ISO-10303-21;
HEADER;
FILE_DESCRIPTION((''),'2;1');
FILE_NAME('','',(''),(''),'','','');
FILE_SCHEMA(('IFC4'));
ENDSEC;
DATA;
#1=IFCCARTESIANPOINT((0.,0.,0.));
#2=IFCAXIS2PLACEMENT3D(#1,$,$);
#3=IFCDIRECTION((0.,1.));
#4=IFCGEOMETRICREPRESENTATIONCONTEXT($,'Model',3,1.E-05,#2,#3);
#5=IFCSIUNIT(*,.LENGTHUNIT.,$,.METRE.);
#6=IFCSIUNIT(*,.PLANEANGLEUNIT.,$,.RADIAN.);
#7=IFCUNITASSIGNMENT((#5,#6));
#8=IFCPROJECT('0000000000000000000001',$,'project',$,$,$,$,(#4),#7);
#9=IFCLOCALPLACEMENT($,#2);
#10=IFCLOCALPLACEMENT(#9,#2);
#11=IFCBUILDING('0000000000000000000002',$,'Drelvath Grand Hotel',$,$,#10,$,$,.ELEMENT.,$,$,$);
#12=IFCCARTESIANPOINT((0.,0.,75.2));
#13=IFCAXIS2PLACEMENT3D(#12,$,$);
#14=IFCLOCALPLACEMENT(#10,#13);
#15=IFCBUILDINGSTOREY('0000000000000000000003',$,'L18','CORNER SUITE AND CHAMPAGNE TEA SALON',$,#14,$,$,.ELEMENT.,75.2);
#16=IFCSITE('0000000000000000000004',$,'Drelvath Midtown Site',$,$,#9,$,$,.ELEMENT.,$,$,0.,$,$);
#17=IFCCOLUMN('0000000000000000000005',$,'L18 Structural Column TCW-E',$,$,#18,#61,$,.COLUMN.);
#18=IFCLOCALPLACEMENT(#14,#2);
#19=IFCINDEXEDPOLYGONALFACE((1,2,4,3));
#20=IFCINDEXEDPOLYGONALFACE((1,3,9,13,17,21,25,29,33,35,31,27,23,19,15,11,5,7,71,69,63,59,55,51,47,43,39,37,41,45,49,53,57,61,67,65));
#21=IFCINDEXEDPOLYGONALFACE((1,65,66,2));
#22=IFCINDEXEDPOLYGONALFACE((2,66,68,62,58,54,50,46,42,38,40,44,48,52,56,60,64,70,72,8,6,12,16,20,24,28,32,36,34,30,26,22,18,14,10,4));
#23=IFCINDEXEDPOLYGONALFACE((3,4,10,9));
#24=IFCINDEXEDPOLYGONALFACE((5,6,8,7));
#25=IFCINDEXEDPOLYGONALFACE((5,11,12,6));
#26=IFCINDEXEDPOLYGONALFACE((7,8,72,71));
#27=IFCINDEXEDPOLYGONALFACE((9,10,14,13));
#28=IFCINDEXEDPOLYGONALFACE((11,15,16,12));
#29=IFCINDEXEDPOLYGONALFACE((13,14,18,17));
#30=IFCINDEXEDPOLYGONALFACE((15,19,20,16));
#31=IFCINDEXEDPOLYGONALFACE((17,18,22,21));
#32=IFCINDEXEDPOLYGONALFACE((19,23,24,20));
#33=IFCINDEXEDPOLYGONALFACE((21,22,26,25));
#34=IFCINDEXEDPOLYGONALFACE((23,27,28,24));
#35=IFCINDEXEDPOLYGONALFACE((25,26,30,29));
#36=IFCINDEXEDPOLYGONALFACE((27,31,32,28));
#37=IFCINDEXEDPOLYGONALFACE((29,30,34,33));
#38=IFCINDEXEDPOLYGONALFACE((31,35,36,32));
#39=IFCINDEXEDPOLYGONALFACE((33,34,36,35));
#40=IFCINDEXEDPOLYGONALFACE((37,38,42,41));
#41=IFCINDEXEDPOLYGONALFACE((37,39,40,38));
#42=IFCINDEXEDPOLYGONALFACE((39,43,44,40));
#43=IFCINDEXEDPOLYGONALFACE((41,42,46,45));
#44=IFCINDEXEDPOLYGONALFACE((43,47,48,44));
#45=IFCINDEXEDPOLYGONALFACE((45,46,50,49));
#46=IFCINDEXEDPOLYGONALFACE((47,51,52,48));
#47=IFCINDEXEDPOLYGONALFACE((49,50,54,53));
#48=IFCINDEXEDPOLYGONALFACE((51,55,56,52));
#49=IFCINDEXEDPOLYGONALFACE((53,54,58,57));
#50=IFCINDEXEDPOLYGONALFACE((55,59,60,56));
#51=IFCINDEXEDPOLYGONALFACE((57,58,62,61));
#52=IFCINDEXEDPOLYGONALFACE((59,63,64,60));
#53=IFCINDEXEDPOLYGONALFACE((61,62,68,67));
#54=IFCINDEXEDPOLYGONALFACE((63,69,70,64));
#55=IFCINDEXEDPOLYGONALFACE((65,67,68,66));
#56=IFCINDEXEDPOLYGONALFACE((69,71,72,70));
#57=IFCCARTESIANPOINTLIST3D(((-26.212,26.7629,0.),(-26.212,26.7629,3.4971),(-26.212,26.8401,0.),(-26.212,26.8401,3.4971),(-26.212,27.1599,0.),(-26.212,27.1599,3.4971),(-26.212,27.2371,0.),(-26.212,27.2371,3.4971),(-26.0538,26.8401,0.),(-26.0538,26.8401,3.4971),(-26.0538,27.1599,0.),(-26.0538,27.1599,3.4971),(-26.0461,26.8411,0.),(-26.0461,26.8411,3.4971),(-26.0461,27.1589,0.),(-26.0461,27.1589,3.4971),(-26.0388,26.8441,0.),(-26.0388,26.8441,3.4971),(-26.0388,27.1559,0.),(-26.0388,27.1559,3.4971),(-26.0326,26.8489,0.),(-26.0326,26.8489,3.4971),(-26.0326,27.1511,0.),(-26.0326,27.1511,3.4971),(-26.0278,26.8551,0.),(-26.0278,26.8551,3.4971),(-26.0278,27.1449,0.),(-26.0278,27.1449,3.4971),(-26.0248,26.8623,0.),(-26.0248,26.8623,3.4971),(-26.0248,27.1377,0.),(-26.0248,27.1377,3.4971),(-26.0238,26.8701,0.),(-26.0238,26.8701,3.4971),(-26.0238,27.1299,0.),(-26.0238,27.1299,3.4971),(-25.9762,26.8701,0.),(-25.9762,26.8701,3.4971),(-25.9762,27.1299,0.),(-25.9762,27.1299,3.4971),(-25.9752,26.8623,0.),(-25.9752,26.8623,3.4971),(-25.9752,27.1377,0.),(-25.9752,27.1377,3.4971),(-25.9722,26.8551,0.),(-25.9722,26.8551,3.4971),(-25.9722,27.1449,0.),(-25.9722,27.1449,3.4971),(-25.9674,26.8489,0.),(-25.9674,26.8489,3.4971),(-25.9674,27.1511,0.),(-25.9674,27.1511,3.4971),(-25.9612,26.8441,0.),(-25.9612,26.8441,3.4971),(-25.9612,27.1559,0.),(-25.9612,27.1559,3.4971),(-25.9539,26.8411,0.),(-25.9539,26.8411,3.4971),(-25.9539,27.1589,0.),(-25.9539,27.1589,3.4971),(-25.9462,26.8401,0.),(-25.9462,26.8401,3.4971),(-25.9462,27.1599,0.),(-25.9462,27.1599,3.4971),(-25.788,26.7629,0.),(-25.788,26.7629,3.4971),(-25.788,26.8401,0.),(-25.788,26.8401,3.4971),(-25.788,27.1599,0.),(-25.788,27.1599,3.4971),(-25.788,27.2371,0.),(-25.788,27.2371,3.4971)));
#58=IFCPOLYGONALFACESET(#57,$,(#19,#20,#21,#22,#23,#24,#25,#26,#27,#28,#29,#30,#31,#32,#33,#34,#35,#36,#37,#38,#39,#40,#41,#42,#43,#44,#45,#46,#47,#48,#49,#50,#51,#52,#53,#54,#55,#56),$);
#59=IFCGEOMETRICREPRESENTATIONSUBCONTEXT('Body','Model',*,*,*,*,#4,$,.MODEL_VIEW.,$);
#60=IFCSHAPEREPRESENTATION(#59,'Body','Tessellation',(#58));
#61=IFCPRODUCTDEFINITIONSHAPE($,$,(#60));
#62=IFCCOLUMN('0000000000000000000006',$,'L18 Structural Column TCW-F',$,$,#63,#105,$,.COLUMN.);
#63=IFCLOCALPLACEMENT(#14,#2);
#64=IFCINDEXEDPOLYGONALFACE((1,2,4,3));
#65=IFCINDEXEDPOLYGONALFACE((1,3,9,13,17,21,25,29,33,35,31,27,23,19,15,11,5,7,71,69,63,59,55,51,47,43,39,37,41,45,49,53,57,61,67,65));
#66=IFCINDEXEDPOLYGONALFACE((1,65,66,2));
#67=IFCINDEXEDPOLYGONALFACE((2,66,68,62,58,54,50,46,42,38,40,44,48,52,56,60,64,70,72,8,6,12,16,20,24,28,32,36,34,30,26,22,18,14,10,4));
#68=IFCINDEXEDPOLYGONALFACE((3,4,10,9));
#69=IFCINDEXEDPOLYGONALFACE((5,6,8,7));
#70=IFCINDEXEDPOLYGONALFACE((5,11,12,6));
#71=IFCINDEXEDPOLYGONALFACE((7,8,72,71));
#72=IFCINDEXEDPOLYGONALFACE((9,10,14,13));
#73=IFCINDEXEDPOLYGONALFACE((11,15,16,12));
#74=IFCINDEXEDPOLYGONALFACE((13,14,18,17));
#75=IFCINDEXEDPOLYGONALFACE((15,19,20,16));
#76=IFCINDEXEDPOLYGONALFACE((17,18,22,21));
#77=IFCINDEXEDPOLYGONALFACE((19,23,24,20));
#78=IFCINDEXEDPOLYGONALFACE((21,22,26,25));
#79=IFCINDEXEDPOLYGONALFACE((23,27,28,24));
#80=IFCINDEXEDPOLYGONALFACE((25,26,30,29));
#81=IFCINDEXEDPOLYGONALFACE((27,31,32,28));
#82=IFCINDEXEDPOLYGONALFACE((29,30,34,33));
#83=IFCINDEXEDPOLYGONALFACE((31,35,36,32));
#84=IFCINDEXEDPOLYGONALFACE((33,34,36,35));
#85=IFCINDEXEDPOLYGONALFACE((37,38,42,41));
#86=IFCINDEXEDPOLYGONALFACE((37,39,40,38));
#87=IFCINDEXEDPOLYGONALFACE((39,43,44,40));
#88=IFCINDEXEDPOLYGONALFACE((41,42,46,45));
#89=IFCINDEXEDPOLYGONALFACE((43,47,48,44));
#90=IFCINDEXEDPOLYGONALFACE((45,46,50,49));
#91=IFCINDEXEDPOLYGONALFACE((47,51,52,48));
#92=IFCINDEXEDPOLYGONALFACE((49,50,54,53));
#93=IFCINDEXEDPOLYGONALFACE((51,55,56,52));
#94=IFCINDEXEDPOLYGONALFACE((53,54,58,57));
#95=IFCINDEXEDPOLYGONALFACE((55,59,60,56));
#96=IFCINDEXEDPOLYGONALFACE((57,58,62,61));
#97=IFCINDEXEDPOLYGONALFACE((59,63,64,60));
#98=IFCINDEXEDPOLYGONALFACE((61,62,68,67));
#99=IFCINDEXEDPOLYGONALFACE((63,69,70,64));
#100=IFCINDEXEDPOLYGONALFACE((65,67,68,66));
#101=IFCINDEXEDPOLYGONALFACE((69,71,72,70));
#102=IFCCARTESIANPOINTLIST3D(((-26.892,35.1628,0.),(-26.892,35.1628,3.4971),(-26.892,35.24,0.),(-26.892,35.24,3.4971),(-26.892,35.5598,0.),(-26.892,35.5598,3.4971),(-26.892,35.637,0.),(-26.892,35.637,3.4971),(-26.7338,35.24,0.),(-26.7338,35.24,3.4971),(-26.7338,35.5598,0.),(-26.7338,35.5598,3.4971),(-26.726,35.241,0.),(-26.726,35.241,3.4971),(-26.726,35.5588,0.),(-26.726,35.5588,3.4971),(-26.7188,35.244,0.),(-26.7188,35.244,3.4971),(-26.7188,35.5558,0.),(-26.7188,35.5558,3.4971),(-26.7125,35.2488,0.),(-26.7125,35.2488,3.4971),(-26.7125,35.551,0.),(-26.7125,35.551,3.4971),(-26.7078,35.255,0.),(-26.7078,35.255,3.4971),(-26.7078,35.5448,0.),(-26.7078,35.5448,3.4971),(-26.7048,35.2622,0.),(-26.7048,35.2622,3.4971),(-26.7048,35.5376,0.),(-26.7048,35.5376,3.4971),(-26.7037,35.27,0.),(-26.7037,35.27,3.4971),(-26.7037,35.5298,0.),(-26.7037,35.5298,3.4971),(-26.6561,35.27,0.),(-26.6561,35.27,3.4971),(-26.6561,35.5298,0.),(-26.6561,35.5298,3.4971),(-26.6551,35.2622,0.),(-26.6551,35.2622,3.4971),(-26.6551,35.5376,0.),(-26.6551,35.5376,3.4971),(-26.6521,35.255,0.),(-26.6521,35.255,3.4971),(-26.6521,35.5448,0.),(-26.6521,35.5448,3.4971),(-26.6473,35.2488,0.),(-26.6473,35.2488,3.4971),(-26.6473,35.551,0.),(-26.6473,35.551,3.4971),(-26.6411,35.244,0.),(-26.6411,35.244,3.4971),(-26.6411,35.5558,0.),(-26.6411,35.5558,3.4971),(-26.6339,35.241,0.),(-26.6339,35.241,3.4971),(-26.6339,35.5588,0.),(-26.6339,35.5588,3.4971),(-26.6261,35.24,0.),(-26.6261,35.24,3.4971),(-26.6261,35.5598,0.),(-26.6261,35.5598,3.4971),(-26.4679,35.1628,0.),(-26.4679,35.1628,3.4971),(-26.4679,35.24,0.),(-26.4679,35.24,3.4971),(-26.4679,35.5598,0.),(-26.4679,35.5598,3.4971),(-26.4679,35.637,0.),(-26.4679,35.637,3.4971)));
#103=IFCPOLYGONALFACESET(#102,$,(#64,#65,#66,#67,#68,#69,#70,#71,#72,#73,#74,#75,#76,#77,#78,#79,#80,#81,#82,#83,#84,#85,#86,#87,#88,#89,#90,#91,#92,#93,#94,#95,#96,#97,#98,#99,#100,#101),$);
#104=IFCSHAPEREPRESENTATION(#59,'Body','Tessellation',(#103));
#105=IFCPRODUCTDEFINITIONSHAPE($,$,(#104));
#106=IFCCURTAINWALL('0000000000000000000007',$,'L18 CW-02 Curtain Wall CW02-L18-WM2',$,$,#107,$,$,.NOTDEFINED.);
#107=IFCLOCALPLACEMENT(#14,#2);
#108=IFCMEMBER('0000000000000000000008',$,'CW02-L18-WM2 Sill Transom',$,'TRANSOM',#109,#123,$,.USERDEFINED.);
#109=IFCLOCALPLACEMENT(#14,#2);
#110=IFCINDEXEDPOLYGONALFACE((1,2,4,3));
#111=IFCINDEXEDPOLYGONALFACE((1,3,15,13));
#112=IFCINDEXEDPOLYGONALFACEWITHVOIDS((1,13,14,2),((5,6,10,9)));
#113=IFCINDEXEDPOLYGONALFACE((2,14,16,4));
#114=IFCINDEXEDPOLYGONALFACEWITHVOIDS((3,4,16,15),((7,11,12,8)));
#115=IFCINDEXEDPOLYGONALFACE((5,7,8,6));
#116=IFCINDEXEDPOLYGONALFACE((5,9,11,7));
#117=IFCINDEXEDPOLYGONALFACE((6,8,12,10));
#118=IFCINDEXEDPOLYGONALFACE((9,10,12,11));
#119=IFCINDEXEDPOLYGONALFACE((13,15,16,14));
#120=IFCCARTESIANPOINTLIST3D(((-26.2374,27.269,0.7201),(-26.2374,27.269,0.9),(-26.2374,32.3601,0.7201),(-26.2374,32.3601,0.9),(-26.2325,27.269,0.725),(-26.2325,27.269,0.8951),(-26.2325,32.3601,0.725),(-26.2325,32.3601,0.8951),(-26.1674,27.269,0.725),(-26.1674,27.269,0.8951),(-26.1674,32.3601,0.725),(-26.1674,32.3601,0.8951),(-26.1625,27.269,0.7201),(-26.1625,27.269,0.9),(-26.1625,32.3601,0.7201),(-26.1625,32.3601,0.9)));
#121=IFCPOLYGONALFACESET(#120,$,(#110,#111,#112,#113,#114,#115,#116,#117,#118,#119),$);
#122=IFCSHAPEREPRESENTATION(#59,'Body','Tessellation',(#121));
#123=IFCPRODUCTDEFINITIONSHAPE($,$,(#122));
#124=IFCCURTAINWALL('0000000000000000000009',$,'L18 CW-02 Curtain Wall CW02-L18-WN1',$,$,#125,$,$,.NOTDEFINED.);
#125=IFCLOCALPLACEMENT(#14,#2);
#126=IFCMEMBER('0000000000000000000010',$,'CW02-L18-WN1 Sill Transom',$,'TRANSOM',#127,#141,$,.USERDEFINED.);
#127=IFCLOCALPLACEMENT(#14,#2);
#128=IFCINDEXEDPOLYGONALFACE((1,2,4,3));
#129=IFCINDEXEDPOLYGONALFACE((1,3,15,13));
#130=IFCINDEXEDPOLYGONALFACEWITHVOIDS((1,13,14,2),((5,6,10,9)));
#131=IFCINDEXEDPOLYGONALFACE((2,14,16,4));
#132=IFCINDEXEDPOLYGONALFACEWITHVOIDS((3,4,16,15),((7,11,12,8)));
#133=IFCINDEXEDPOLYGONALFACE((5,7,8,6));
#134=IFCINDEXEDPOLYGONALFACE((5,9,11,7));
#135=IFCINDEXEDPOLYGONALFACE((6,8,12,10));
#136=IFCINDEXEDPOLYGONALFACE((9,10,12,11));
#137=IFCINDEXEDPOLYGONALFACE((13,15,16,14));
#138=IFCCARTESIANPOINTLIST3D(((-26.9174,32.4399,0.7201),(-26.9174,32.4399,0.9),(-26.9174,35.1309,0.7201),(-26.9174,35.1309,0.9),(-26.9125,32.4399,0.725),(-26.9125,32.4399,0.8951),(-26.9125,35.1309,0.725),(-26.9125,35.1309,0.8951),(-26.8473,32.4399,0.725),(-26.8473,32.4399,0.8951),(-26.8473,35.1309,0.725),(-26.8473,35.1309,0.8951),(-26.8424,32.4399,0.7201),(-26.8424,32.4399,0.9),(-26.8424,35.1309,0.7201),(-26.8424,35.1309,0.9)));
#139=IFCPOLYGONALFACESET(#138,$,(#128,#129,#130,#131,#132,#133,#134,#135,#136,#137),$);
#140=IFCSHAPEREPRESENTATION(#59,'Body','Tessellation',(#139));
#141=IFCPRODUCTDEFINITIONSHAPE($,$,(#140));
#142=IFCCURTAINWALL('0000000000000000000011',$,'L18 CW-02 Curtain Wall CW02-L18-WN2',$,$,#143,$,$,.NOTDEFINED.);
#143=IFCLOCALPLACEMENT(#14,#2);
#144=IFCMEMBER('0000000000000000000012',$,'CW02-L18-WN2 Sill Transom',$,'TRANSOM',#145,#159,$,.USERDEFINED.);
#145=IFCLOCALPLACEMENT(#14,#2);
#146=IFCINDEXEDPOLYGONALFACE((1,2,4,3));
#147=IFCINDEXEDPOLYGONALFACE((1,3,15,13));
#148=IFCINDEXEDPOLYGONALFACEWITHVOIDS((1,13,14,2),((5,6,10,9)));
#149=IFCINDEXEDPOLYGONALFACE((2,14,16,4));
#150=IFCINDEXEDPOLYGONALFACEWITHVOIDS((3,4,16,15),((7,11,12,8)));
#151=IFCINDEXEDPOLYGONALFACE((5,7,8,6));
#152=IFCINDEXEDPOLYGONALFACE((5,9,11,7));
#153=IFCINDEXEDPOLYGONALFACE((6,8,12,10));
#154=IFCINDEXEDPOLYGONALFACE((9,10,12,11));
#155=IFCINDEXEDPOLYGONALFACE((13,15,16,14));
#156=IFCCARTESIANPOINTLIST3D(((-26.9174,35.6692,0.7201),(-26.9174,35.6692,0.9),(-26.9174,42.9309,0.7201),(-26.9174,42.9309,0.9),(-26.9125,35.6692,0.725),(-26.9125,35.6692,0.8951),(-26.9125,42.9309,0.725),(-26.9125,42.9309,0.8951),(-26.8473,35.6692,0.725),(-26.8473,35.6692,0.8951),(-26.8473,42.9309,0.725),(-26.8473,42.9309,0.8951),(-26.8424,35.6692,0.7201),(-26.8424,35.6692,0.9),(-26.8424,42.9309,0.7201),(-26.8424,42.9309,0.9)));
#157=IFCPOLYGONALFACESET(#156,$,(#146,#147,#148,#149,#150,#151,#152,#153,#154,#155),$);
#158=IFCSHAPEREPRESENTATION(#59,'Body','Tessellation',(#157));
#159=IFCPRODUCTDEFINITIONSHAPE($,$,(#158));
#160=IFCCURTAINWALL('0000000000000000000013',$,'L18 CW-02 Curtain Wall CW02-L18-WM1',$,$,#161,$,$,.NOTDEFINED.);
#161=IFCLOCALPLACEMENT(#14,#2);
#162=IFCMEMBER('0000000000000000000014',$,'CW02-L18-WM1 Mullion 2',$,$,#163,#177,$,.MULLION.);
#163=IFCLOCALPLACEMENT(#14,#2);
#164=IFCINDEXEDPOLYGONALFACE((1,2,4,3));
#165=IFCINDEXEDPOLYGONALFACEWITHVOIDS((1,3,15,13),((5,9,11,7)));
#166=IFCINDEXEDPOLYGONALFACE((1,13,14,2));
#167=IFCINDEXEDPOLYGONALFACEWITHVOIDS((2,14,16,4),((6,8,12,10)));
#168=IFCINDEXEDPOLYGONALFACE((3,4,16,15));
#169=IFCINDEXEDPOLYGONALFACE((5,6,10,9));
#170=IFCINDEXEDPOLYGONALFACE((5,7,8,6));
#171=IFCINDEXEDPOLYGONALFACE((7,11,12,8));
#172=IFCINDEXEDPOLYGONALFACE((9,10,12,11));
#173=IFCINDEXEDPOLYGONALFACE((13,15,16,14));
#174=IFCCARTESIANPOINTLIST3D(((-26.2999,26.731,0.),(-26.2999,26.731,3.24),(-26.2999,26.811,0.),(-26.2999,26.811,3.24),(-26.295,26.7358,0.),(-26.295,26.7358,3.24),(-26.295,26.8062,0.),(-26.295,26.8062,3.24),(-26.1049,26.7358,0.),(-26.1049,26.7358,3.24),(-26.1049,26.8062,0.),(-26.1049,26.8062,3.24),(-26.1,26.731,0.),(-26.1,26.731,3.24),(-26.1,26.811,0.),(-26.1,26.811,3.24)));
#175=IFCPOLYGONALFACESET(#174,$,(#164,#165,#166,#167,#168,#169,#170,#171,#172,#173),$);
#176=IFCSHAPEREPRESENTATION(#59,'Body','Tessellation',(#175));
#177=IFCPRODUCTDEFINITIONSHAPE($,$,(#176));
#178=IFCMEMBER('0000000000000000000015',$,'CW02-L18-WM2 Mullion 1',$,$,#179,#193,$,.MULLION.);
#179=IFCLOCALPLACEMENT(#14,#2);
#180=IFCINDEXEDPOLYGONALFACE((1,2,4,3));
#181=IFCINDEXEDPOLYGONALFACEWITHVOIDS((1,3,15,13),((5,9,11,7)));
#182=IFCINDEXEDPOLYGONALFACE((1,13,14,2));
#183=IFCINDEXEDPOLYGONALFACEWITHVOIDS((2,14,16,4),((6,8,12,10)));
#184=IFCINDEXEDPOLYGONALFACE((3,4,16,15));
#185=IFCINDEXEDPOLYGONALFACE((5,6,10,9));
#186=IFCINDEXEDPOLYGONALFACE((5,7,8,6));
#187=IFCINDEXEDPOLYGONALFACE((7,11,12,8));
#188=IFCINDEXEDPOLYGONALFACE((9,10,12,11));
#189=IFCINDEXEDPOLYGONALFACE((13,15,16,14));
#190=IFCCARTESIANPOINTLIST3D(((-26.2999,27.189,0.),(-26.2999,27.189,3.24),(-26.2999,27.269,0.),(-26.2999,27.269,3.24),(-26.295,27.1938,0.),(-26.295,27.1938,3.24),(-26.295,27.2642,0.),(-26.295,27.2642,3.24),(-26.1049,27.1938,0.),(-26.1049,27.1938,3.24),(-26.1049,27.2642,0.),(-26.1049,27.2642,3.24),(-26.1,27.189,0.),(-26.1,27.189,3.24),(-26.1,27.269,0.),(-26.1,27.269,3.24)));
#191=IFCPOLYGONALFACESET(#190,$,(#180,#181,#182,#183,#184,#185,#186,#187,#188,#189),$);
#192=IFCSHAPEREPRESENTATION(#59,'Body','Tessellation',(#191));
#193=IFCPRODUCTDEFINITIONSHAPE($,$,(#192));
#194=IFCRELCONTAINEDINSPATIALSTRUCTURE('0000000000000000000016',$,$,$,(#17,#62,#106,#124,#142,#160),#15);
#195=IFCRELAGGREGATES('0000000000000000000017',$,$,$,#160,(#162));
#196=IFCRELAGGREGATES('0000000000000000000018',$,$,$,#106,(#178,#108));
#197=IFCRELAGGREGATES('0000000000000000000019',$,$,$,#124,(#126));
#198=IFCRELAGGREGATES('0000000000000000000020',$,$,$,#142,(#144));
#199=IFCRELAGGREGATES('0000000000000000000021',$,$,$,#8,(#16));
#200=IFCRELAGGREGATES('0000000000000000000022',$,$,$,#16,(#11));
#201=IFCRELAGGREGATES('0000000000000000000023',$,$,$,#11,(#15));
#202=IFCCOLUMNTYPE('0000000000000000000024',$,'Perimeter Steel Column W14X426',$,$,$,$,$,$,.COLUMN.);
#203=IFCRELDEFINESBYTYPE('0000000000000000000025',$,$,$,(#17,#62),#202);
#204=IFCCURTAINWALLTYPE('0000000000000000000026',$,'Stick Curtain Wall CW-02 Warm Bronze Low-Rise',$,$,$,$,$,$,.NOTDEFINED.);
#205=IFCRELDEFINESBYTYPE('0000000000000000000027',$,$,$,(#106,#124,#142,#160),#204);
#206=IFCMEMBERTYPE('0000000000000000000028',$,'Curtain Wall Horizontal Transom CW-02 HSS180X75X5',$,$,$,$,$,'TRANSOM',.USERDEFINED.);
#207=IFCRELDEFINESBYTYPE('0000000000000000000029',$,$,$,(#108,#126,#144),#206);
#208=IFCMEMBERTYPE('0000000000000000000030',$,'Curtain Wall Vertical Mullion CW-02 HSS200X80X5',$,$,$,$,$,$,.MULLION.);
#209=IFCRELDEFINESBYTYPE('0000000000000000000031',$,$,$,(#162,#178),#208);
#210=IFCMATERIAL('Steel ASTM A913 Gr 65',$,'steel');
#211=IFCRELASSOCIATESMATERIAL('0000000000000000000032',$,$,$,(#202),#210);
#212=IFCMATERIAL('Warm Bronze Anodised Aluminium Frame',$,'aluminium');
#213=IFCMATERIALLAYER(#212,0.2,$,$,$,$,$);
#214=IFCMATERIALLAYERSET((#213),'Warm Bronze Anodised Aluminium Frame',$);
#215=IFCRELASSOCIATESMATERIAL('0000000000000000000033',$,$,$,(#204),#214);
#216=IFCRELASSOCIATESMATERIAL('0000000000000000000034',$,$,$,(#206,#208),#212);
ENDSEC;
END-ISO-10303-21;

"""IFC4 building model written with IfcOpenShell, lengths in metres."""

from ifc_helpers import new_model, si_unit, direction, frame, origin, origin_2d, place, context, subcontext, project, spatial, hollow_rectangle, i_section, extrude, material, layer, layer_set, material_profile, profile_set, type_object, element, aggregate, save


model = new_model("IFC4")

# Units and contexts
model_context = context("Model", 3, precision=1e-05, world=origin(), true_north=direction((0.0, 1.0)))
body_context = subcontext(model_context, "Body", "Model", "MODEL_VIEW")
ifc_project = project(units=[si_unit("LENGTHUNIT", "METRE"), si_unit("PLANEANGLEUNIT", "RADIAN")], contexts=[model_context])

# Site, building, storey
site_placement = place(None, origin())
site = spatial("IfcSite", under=ifc_project, at=site_placement, Name="Drelvath Midtown Site", CompositionType="ELEMENT", RefElevation=0.0)
building_placement = place(site_placement, origin())
building = spatial("IfcBuilding", under=site, at=building_placement, Name="Drelvath Grand Hotel", CompositionType="ELEMENT")
storey_placement = place(building_placement, frame((0.0, 0.0, 75.2)))
storey = spatial("IfcBuildingStorey", under=building, at=storey_placement, Name="L18", Description="CORNER SUITE AND CHAMPAGNE TEA SALON", CompositionType="ELEMENT", Elevation=75.2)

# Columns
ifc_material_1 = material(Name="Steel ASTM A913 Gr 65", Category="steel")
ifc_material_profile_1 = material_profile(ifc_material_1, i_section(OverallWidth=0.4241, OverallDepth=0.4741, WebThickness=0.0476, FlangeThickness=0.0771, FilletRadius=0.03, at=origin_2d()), Name="W14X426")
ifc_profile_set_1 = profile_set([ifc_material_profile_1], Name="Steel ASTM A913 Gr 65")
column_type = type_object("IfcColumnType", Name="Perimeter Steel Column W14X426", PredefinedType="COLUMN", material=ifc_profile_set_1)
for number, where, z_axis, x_axis, name in (
    (1, (-26.0, 27.0, 0.0), (0.0, 0.0, 1.0), (1.0, 0.0, 0.0), "L18 Structural Column TCW-E"),
    (2, (-26.6799, 35.3999, 0.0), (0.0, 0.0, 1.0), (1.0, 0.0, 0.0), "L18 Structural Column TCW-F"),
):
    element("IfcColumn", number, at=place(storey_placement, frame(where, z_axis=z_axis, x_axis=x_axis)), inside=storey, type_object=column_type, Name=name, PredefinedType="COLUMN", context=body_context, shape_type="SweptSolid", body=[
        extrude(i_section(OverallWidth=0.4241, OverallDepth=0.4741, WebThickness=0.0476, FlangeThickness=0.0771, FilletRadius=0.03, at=origin_2d()), origin(), (0.0, 0.0, 1.0), 3.4971),
    ])

# Curtain walls, members
ifc_material_2 = material(Name="Warm Bronze Anodised Aluminium Frame", Category="aluminium")
ifc_layer_1 = layer(ifc_material_2, 0.2)
ifc_layer_set_1 = layer_set([ifc_layer_1], Name="Warm Bronze Anodised Aluminium Frame")
curtain_wall_type = type_object("IfcCurtainWallType", Name="Stick Curtain Wall CW-02 Warm Bronze Low-Rise", PredefinedType="NOTDEFINED", material=ifc_layer_set_1)
curtain_wall_1_placement = place(storey_placement, origin())
curtain_wall_1 = element("IfcCurtainWall", 3, at=curtain_wall_1_placement, inside=storey, type_object=curtain_wall_type, Name="L18 CW-02 Curtain Wall CW02-L18-WM2", PredefinedType="NOTDEFINED")
ifc_material_profile_2 = material_profile(ifc_material_2, hollow_rectangle(XDim=0.075, YDim=0.1799, WallThickness=0.0049, at=origin_2d()), Name="HSS180X75X5")
ifc_profile_set_2 = profile_set([ifc_material_profile_2], Name="Warm Bronze Anodised Aluminium Frame")
member_type_1 = type_object("IfcMemberType", Name="Curtain Wall Horizontal Transom CW-02 HSS180X75X5", ElementType="TRANSOM", PredefinedType="USERDEFINED", material=ifc_profile_set_2)
member_1_placement = place(storey_placement, frame((-26.2, 27.269, 0.8101), z_axis=(0.0, 1.0, 0.0), x_axis=(-1.0, 0.0, 0.0)))
member_1 = element("IfcMember", 4, at=member_1_placement, type_object=member_type_1, Name="CW02-L18-WM2 Sill Transom", ObjectType="TRANSOM", PredefinedType="USERDEFINED", context=body_context, shape_type="SweptSolid", body=[
    extrude(hollow_rectangle(XDim=0.075, YDim=0.1799, WallThickness=0.0049, at=origin_2d()), origin(), (0.0, 0.0, 1.0), 5.0911),
])
curtain_wall_2_placement = place(storey_placement, origin())
curtain_wall_2 = element("IfcCurtainWall", 5, at=curtain_wall_2_placement, inside=storey, type_object=curtain_wall_type, Name="L18 CW-02 Curtain Wall CW02-L18-WN1", PredefinedType="NOTDEFINED")
member_2_placement = place(storey_placement, frame((-26.8799, 32.4399, 0.8101), z_axis=(0.0, 1.0, 0.0), x_axis=(-1.0, 0.0, 0.0)))
member_2 = element("IfcMember", 6, at=member_2_placement, type_object=member_type_1, Name="CW02-L18-WN1 Sill Transom", ObjectType="TRANSOM", PredefinedType="USERDEFINED", context=body_context, shape_type="SweptSolid", body=[
    extrude(hollow_rectangle(XDim=0.075, YDim=0.1799, WallThickness=0.0049, at=origin_2d()), origin(), (0.0, 0.0, 1.0), 2.6909),
])
curtain_wall_3_placement = place(storey_placement, origin())
curtain_wall_3 = element("IfcCurtainWall", 7, at=curtain_wall_3_placement, inside=storey, type_object=curtain_wall_type, Name="L18 CW-02 Curtain Wall CW02-L18-WN2", PredefinedType="NOTDEFINED")
member_3_placement = place(storey_placement, frame((-26.8799, 35.6692, 0.8101), z_axis=(0.0, 1.0, 0.0), x_axis=(-1.0, 0.0, 0.0)))
member_3 = element("IfcMember", 8, at=member_3_placement, type_object=member_type_1, Name="CW02-L18-WN2 Sill Transom", ObjectType="TRANSOM", PredefinedType="USERDEFINED", context=body_context, shape_type="SweptSolid", body=[
    extrude(hollow_rectangle(XDim=0.075, YDim=0.1799, WallThickness=0.0049, at=origin_2d()), origin(), (0.0, 0.0, 1.0), 7.2617),
])
curtain_wall_4_placement = place(storey_placement, origin())
curtain_wall_4 = element("IfcCurtainWall", 9, at=curtain_wall_4_placement, inside=storey, type_object=curtain_wall_type, Name="L18 CW-02 Curtain Wall CW02-L18-WM1", PredefinedType="NOTDEFINED")
ifc_material_profile_3 = material_profile(ifc_material_2, hollow_rectangle(XDim=0.0801, YDim=0.2, WallThickness=0.0049, at=origin_2d()), Name="HSS200X80X5")
ifc_profile_set_3 = profile_set([ifc_material_profile_3], Name="Warm Bronze Anodised Aluminium Frame")
member_type_2 = type_object("IfcMemberType", Name="Curtain Wall Vertical Mullion CW-02 HSS200X80X5", PredefinedType="MULLION", material=ifc_profile_set_3)
member_4_placement = place(storey_placement, frame((-26.2, 26.771, 0.0), z_axis=(0.0, 0.0, 1.0), x_axis=(0.0, 1.0, 0.0)))
member_4 = element("IfcMember", 10, at=member_4_placement, type_object=member_type_2, Name="CW02-L18-WM1 Mullion 2", PredefinedType="MULLION", context=body_context, shape_type="SweptSolid", body=[
    extrude(hollow_rectangle(XDim=0.0801, YDim=0.2, WallThickness=0.0049, at=origin_2d()), origin(), (0.0, 0.0, 1.0), 3.24),
])
aggregate(curtain_wall_4, [member_4])

# Member
member_5_placement = place(storey_placement, frame((-26.2, 27.229, 0.0), z_axis=(0.0, 0.0, 1.0), x_axis=(0.0, 1.0, 0.0)))
member_5 = element("IfcMember", 11, at=member_5_placement, type_object=member_type_2, Name="CW02-L18-WM2 Mullion 1", PredefinedType="MULLION", context=body_context, shape_type="SweptSolid", body=[
    extrude(hollow_rectangle(XDim=0.0801, YDim=0.2, WallThickness=0.0049, at=origin_2d()), origin(), (0.0, 0.0, 1.0), 3.24),
])

aggregate(curtain_wall_1, [member_5, member_1])
aggregate(curtain_wall_2, [member_2])
aggregate(curtain_wall_3, [member_3])

save(model, "model.ifc")
